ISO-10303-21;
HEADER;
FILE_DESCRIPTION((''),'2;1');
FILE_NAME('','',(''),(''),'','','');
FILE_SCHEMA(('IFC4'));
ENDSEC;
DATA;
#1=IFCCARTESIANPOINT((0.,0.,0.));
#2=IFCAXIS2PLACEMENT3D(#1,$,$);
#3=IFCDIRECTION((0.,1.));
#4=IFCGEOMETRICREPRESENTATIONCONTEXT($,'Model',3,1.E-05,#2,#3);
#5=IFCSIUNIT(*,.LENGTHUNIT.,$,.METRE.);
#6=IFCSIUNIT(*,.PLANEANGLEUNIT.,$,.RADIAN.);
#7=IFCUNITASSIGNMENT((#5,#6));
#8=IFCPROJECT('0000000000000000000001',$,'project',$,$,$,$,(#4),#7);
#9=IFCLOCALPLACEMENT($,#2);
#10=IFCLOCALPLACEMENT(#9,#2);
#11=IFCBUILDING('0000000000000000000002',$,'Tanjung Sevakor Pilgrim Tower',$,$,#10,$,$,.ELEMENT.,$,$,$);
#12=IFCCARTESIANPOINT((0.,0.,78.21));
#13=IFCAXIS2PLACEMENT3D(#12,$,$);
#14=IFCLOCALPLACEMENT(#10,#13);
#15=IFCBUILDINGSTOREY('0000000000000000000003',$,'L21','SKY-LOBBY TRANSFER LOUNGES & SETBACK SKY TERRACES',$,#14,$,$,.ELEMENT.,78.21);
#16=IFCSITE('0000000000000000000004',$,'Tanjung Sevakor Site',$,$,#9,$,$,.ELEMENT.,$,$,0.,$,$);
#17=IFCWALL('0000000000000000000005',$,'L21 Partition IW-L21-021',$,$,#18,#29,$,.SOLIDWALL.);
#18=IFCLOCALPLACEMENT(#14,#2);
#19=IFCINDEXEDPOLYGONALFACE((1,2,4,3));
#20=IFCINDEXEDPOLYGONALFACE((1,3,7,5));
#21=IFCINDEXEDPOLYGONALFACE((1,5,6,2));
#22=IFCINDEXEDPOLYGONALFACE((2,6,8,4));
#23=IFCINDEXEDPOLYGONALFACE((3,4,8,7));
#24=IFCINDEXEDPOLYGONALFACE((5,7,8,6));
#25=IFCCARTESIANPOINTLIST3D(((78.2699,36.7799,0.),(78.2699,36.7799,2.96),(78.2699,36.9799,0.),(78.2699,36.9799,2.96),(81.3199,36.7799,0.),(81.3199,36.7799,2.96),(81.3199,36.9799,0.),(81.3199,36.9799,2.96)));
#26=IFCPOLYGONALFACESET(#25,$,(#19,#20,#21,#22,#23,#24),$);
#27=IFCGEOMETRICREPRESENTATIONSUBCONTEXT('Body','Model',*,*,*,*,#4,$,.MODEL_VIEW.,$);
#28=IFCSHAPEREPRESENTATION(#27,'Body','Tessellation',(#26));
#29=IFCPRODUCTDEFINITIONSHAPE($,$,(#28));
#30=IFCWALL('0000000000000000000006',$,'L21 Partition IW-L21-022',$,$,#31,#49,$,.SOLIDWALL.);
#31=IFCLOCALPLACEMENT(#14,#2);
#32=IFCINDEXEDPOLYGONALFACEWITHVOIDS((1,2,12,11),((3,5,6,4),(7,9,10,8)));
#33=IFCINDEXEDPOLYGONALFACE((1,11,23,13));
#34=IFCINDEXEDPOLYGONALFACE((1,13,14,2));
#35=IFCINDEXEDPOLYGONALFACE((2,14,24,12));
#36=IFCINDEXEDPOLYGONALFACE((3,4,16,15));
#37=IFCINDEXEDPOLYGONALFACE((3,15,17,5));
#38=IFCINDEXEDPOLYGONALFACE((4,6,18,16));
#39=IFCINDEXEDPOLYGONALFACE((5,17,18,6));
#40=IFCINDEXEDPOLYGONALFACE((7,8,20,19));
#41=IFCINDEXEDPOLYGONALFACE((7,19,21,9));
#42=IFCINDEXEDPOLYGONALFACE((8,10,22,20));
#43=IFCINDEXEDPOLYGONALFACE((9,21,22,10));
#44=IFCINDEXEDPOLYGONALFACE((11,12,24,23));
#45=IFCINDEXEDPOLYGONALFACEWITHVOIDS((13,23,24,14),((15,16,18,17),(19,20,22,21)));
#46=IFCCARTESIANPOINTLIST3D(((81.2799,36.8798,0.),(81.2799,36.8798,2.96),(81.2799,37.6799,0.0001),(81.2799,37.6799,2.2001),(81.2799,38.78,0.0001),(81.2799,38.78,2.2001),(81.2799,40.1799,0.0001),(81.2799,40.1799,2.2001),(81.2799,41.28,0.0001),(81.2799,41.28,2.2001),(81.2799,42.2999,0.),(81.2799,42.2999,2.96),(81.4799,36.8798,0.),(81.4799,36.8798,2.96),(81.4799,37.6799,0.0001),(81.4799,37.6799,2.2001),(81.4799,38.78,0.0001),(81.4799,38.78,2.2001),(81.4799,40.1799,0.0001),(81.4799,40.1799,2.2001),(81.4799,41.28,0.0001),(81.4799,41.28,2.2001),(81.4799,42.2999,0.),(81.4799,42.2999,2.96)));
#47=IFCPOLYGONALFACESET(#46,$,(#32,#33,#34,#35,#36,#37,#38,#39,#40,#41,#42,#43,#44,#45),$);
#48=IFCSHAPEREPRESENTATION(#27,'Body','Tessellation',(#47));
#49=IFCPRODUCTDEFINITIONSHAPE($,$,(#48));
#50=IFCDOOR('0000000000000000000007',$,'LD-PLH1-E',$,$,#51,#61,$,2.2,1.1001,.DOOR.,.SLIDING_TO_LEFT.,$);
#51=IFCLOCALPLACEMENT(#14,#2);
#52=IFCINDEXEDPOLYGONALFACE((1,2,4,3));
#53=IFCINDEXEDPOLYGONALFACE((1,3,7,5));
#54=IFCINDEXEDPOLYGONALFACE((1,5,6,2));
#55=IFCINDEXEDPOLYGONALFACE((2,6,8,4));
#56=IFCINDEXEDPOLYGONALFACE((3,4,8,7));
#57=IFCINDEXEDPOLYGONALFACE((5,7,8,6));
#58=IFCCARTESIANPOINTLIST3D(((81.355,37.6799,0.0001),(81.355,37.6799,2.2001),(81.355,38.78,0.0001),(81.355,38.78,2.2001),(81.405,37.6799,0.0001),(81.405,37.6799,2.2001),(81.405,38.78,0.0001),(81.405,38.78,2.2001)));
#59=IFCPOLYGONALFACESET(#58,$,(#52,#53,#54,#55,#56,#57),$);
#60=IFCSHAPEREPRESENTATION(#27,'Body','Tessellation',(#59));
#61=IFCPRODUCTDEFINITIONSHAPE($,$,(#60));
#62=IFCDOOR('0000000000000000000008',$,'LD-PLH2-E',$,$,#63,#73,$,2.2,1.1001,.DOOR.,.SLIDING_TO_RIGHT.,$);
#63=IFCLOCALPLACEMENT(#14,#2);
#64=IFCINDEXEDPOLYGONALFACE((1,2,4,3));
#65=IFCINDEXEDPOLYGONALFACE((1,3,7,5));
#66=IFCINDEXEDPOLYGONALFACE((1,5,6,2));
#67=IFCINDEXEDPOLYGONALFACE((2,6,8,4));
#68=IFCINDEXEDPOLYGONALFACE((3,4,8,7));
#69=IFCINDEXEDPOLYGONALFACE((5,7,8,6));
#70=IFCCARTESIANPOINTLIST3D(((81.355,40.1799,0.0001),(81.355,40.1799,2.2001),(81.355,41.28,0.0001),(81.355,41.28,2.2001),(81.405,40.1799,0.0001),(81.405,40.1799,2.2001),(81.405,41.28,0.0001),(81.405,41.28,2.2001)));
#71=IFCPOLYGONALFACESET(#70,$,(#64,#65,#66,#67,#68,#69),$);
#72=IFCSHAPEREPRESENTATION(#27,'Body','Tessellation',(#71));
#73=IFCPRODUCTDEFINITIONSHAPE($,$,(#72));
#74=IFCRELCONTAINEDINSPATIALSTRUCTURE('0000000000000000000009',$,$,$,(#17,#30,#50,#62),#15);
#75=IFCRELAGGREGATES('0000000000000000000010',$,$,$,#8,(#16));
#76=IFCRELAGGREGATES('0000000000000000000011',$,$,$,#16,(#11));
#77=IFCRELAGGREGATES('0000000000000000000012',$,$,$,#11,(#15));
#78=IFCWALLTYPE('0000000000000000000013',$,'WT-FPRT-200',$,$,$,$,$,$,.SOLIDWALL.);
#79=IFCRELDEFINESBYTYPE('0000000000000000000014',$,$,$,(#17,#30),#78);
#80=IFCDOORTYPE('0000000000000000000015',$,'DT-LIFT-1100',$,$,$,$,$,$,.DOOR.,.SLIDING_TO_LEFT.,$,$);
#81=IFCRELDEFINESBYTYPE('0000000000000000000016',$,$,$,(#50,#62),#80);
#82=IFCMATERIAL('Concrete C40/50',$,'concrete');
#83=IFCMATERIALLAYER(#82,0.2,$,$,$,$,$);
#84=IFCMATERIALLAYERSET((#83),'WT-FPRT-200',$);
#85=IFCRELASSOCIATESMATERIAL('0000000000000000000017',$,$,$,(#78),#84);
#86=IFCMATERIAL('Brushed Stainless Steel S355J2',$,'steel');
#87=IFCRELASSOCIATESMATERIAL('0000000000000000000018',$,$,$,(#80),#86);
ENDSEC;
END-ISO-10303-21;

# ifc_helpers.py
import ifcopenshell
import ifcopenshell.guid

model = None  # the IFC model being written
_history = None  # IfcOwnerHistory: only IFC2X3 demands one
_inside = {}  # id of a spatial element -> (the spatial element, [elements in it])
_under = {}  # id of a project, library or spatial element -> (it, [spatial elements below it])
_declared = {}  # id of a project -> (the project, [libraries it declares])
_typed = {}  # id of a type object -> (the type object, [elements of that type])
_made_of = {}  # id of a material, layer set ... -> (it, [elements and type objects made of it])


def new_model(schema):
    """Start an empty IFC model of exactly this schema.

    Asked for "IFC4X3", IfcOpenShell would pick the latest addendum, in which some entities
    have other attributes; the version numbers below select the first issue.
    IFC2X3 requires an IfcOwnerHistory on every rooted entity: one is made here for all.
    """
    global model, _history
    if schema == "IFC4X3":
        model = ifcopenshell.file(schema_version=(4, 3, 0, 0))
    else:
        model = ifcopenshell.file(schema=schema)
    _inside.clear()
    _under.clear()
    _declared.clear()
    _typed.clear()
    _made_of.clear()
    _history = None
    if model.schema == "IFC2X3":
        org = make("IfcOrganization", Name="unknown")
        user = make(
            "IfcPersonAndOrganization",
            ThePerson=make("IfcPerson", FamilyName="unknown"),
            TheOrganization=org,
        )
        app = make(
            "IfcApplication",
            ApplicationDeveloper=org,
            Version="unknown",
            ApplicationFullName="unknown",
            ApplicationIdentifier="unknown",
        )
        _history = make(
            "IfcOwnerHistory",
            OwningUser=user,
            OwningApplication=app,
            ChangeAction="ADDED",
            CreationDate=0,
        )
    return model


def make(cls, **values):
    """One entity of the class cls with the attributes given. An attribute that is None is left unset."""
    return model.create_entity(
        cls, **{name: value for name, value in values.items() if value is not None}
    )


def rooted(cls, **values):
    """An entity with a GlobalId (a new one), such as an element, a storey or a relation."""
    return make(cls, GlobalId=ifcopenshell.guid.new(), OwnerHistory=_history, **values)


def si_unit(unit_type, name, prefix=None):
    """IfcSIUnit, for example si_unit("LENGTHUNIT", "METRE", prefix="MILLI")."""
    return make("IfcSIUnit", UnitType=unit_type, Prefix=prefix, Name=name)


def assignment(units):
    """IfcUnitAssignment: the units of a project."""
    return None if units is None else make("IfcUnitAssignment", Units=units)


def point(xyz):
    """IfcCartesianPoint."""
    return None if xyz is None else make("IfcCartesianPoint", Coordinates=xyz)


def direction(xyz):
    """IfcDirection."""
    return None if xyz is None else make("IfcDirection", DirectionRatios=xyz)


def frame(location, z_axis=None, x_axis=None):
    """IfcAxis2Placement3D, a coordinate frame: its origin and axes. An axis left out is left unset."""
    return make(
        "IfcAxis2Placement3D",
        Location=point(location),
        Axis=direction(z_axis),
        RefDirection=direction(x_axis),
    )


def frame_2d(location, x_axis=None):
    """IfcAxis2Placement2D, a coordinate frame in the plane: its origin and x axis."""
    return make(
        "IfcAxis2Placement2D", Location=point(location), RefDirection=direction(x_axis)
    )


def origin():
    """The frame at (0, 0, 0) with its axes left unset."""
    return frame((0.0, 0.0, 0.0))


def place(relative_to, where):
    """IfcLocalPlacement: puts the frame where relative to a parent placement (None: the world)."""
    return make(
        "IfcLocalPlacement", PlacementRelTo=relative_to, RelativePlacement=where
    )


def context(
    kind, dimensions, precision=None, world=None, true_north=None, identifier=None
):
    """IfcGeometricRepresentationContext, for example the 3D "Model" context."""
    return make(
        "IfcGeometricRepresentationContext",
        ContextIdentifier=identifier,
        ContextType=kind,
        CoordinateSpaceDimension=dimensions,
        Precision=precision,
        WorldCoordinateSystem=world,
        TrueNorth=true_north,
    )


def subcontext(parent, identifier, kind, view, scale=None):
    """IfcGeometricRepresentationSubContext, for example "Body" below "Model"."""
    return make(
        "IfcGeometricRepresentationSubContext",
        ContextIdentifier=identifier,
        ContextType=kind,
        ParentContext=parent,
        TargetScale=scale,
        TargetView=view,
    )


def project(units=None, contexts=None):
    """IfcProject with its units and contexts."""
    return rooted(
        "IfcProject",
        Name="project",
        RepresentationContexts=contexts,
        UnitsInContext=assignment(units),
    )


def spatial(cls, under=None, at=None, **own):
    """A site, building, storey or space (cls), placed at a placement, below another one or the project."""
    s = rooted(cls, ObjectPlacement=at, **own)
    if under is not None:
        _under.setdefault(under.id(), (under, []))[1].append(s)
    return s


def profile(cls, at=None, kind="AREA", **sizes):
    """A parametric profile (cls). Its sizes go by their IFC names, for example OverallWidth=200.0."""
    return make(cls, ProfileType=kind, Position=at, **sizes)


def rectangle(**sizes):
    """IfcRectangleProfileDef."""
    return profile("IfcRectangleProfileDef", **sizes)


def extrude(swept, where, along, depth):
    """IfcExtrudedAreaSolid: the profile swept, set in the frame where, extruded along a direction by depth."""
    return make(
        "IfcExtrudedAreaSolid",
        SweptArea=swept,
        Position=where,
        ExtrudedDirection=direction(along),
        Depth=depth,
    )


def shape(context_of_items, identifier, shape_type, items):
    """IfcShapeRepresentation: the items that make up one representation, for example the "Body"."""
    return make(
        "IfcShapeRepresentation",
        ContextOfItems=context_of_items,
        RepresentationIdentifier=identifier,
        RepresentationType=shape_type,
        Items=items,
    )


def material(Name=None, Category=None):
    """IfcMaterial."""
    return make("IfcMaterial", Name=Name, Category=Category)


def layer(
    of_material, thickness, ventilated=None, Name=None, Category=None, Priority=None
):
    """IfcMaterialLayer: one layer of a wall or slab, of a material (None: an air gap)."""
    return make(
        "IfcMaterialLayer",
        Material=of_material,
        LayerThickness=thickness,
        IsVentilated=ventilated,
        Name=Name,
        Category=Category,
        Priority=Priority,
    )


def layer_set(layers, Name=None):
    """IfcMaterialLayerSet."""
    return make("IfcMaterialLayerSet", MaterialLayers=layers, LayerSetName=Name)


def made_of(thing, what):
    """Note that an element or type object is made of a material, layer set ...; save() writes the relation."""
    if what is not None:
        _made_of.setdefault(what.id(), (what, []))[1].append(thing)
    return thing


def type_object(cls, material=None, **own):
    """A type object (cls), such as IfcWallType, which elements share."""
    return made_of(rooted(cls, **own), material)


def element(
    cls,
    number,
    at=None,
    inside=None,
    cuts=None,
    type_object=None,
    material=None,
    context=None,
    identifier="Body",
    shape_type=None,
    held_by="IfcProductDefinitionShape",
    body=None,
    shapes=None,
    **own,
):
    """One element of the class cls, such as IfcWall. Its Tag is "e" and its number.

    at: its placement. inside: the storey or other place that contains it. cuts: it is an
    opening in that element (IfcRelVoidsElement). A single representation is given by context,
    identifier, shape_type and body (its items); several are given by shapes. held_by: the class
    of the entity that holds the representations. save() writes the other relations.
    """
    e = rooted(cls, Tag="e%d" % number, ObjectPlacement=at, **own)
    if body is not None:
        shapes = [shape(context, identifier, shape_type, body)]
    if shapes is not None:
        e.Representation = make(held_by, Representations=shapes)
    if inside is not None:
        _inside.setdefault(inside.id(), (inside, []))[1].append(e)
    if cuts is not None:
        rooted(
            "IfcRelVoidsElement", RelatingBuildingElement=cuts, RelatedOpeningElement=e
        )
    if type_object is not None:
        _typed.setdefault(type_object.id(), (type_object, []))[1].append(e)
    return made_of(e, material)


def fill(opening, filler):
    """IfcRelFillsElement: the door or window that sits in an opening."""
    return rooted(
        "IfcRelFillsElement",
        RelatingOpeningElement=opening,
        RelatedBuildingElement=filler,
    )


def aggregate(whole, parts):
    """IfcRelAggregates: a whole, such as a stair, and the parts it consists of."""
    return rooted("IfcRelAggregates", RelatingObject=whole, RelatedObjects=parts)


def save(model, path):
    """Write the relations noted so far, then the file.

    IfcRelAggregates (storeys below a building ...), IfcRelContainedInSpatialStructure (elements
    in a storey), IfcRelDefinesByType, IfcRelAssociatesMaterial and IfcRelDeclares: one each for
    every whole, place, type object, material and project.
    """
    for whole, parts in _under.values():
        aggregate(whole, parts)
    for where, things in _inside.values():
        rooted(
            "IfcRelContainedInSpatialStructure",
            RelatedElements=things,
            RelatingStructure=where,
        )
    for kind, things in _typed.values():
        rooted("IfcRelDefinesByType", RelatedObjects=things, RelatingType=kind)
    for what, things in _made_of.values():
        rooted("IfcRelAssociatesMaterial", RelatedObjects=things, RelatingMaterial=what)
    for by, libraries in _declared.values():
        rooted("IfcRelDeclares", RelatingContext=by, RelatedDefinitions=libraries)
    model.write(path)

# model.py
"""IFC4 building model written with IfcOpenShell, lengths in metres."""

from ifc_helpers import new_model, si_unit, direction, frame, frame_2d, origin, place, context, subcontext, project, spatial, rectangle, extrude, material, layer, layer_set, type_object, element, fill, save


model = new_model("IFC4")

# Units and contexts
model_context = context("Model", 3, precision=1e-05, world=origin(), true_north=direction((0.0, 1.0)))
body_context = subcontext(model_context, "Body", "Model", "MODEL_VIEW")
ifc_project = project(units=[si_unit("LENGTHUNIT", "METRE"), si_unit("PLANEANGLEUNIT", "RADIAN")], contexts=[model_context])

# Site, building, storey
site_placement = place(None, origin())
site = spatial("IfcSite", under=ifc_project, at=site_placement, Name="Tanjung Sevakor Site", CompositionType="ELEMENT", RefElevation=0.0)
building_placement = place(site_placement, origin())
building = spatial("IfcBuilding", under=site, at=building_placement, Name="Tanjung Sevakor Pilgrim Tower", CompositionType="ELEMENT")
storey_placement = place(building_placement, frame((0.0, 0.0, 78.21)))
storey = spatial("IfcBuildingStorey", under=building, at=storey_placement, Name="L21", Description="SKY-LOBBY TRANSFER LOUNGES & SETBACK SKY TERRACES", CompositionType="ELEMENT", Elevation=78.21)

# Shared definitions
ifc_material_1 = material(Name="Concrete C40/50", Category="concrete")
ifc_layer_1 = layer(ifc_material_1, 0.2)
ifc_layer_set_1 = layer_set([ifc_layer_1], Name="WT-FPRT-200")
wall_type_1 = type_object("IfcWallType", Name="WT-FPRT-200", PredefinedType="SOLIDWALL", material=ifc_layer_set_1)

# Shared definitions
ifc_material_2 = material(Name="Brushed Stainless Steel S355J2", Category="steel")
door_type = type_object("IfcDoorType", Name="DT-LIFT-1100", OperationType="SLIDING_TO_LEFT", PredefinedType="DOOR", material=ifc_material_2)

# Wall
wall_1_placement = place(storey_placement, frame((78.27, 36.8799, 0.0), z_axis=(0.0, 0.0, 1.0), x_axis=(1.0, 0.0, 0.0)))
element("IfcWall", 1, at=wall_1_placement, inside=storey, type_object=wall_type_1, Name="L21 Partition IW-L21-021", PredefinedType="SOLIDWALL", context=body_context, shape_type="SweptSolid", body=[
    extrude(rectangle(XDim=3.05, YDim=0.2, at=frame_2d((1.5249, 0.0))), origin(), (0.0, 0.0, 1.0), 2.96),
])

# Wall, openings, doors
wall_2_placement = place(storey_placement, frame((81.3799, 36.8799, 0.0), z_axis=(0.0, 0.0, 1.0), x_axis=(0.0, 1.0, 0.0)))
wall_2 = element("IfcWall", 2, at=wall_2_placement, inside=storey, type_object=wall_type_1, Name="L21 Partition IW-L21-022", PredefinedType="SOLIDWALL", context=body_context, shape_type="SweptSolid", body=[
    extrude(rectangle(XDim=5.4202, YDim=0.2, at=frame_2d((2.71, 0.0))), origin(), (0.0, 0.0, 1.0), 2.96),
])
opening_1_placement = place(wall_2_placement, frame((0.8, 0.0, 0.0)))
opening_1 = element("IfcOpeningElement", 3, at=opening_1_placement, cuts=wall_2, PredefinedType="OPENING", context=body_context, shape_type="SweptSolid", body=[
    extrude(rectangle(XDim=1.1001, YDim=2.2, at=frame_2d((0.55, 1.1001))), frame((0.0, 0.1099, 0.0), z_axis=(0.0, -1.0, 0.0), x_axis=(1.0, 0.0, 0.0)), (0.0, 0.0, 1.0), 0.22),
])
opening_2_placement = place(wall_2_placement, frame((3.3, 0.0, 0.0)))
opening_2 = element("IfcOpeningElement", 4, at=opening_2_placement, cuts=wall_2, PredefinedType="OPENING", context=body_context, shape_type="SweptSolid", body=[
    extrude(rectangle(XDim=1.1001, YDim=2.2, at=frame_2d((0.55, 1.1001))), frame((0.0, 0.1099, 0.0), z_axis=(0.0, -1.0, 0.0), x_axis=(1.0, 0.0, 0.0)), (0.0, 0.0, 1.0), 0.22),
])
door_1_placement = place(opening_1_placement, origin())
door_1 = element("IfcDoor", 5, at=door_1_placement, inside=storey, type_object=door_type, Name="LD-PLH1-E", OperationType="SLIDING_TO_LEFT", OverallHeight=2.2, OverallWidth=1.1001, PredefinedType="DOOR", context=body_context, shape_type="SweptSolid", body=[
    extrude(rectangle(XDim=1.1001, YDim=2.2, at=frame_2d((0.55, 1.1001))), frame((0.0, 0.0249, 0.0), z_axis=(0.0, -1.0, 0.0), x_axis=(1.0, 0.0, 0.0)), (0.0, 0.0, 1.0), 0.05),
])
fill(opening_1, door_1)
door_2_placement = place(opening_2_placement, origin())
door_2 = element("IfcDoor", 6, at=door_2_placement, inside=storey, type_object=door_type, Name="LD-PLH2-E", OperationType="SLIDING_TO_RIGHT", OverallHeight=2.2, OverallWidth=1.1001, PredefinedType="DOOR", context=body_context, shape_type="SweptSolid", body=[
    extrude(rectangle(XDim=1.1001, YDim=2.2, at=frame_2d((0.55, 1.1001))), frame((0.0, 0.0249, 0.0), z_axis=(0.0, -1.0, 0.0), x_axis=(1.0, 0.0, 0.0)), (0.0, 0.0, 1.0), 0.05),
])
fill(opening_2, door_2)

save(model, "model.ifc")
